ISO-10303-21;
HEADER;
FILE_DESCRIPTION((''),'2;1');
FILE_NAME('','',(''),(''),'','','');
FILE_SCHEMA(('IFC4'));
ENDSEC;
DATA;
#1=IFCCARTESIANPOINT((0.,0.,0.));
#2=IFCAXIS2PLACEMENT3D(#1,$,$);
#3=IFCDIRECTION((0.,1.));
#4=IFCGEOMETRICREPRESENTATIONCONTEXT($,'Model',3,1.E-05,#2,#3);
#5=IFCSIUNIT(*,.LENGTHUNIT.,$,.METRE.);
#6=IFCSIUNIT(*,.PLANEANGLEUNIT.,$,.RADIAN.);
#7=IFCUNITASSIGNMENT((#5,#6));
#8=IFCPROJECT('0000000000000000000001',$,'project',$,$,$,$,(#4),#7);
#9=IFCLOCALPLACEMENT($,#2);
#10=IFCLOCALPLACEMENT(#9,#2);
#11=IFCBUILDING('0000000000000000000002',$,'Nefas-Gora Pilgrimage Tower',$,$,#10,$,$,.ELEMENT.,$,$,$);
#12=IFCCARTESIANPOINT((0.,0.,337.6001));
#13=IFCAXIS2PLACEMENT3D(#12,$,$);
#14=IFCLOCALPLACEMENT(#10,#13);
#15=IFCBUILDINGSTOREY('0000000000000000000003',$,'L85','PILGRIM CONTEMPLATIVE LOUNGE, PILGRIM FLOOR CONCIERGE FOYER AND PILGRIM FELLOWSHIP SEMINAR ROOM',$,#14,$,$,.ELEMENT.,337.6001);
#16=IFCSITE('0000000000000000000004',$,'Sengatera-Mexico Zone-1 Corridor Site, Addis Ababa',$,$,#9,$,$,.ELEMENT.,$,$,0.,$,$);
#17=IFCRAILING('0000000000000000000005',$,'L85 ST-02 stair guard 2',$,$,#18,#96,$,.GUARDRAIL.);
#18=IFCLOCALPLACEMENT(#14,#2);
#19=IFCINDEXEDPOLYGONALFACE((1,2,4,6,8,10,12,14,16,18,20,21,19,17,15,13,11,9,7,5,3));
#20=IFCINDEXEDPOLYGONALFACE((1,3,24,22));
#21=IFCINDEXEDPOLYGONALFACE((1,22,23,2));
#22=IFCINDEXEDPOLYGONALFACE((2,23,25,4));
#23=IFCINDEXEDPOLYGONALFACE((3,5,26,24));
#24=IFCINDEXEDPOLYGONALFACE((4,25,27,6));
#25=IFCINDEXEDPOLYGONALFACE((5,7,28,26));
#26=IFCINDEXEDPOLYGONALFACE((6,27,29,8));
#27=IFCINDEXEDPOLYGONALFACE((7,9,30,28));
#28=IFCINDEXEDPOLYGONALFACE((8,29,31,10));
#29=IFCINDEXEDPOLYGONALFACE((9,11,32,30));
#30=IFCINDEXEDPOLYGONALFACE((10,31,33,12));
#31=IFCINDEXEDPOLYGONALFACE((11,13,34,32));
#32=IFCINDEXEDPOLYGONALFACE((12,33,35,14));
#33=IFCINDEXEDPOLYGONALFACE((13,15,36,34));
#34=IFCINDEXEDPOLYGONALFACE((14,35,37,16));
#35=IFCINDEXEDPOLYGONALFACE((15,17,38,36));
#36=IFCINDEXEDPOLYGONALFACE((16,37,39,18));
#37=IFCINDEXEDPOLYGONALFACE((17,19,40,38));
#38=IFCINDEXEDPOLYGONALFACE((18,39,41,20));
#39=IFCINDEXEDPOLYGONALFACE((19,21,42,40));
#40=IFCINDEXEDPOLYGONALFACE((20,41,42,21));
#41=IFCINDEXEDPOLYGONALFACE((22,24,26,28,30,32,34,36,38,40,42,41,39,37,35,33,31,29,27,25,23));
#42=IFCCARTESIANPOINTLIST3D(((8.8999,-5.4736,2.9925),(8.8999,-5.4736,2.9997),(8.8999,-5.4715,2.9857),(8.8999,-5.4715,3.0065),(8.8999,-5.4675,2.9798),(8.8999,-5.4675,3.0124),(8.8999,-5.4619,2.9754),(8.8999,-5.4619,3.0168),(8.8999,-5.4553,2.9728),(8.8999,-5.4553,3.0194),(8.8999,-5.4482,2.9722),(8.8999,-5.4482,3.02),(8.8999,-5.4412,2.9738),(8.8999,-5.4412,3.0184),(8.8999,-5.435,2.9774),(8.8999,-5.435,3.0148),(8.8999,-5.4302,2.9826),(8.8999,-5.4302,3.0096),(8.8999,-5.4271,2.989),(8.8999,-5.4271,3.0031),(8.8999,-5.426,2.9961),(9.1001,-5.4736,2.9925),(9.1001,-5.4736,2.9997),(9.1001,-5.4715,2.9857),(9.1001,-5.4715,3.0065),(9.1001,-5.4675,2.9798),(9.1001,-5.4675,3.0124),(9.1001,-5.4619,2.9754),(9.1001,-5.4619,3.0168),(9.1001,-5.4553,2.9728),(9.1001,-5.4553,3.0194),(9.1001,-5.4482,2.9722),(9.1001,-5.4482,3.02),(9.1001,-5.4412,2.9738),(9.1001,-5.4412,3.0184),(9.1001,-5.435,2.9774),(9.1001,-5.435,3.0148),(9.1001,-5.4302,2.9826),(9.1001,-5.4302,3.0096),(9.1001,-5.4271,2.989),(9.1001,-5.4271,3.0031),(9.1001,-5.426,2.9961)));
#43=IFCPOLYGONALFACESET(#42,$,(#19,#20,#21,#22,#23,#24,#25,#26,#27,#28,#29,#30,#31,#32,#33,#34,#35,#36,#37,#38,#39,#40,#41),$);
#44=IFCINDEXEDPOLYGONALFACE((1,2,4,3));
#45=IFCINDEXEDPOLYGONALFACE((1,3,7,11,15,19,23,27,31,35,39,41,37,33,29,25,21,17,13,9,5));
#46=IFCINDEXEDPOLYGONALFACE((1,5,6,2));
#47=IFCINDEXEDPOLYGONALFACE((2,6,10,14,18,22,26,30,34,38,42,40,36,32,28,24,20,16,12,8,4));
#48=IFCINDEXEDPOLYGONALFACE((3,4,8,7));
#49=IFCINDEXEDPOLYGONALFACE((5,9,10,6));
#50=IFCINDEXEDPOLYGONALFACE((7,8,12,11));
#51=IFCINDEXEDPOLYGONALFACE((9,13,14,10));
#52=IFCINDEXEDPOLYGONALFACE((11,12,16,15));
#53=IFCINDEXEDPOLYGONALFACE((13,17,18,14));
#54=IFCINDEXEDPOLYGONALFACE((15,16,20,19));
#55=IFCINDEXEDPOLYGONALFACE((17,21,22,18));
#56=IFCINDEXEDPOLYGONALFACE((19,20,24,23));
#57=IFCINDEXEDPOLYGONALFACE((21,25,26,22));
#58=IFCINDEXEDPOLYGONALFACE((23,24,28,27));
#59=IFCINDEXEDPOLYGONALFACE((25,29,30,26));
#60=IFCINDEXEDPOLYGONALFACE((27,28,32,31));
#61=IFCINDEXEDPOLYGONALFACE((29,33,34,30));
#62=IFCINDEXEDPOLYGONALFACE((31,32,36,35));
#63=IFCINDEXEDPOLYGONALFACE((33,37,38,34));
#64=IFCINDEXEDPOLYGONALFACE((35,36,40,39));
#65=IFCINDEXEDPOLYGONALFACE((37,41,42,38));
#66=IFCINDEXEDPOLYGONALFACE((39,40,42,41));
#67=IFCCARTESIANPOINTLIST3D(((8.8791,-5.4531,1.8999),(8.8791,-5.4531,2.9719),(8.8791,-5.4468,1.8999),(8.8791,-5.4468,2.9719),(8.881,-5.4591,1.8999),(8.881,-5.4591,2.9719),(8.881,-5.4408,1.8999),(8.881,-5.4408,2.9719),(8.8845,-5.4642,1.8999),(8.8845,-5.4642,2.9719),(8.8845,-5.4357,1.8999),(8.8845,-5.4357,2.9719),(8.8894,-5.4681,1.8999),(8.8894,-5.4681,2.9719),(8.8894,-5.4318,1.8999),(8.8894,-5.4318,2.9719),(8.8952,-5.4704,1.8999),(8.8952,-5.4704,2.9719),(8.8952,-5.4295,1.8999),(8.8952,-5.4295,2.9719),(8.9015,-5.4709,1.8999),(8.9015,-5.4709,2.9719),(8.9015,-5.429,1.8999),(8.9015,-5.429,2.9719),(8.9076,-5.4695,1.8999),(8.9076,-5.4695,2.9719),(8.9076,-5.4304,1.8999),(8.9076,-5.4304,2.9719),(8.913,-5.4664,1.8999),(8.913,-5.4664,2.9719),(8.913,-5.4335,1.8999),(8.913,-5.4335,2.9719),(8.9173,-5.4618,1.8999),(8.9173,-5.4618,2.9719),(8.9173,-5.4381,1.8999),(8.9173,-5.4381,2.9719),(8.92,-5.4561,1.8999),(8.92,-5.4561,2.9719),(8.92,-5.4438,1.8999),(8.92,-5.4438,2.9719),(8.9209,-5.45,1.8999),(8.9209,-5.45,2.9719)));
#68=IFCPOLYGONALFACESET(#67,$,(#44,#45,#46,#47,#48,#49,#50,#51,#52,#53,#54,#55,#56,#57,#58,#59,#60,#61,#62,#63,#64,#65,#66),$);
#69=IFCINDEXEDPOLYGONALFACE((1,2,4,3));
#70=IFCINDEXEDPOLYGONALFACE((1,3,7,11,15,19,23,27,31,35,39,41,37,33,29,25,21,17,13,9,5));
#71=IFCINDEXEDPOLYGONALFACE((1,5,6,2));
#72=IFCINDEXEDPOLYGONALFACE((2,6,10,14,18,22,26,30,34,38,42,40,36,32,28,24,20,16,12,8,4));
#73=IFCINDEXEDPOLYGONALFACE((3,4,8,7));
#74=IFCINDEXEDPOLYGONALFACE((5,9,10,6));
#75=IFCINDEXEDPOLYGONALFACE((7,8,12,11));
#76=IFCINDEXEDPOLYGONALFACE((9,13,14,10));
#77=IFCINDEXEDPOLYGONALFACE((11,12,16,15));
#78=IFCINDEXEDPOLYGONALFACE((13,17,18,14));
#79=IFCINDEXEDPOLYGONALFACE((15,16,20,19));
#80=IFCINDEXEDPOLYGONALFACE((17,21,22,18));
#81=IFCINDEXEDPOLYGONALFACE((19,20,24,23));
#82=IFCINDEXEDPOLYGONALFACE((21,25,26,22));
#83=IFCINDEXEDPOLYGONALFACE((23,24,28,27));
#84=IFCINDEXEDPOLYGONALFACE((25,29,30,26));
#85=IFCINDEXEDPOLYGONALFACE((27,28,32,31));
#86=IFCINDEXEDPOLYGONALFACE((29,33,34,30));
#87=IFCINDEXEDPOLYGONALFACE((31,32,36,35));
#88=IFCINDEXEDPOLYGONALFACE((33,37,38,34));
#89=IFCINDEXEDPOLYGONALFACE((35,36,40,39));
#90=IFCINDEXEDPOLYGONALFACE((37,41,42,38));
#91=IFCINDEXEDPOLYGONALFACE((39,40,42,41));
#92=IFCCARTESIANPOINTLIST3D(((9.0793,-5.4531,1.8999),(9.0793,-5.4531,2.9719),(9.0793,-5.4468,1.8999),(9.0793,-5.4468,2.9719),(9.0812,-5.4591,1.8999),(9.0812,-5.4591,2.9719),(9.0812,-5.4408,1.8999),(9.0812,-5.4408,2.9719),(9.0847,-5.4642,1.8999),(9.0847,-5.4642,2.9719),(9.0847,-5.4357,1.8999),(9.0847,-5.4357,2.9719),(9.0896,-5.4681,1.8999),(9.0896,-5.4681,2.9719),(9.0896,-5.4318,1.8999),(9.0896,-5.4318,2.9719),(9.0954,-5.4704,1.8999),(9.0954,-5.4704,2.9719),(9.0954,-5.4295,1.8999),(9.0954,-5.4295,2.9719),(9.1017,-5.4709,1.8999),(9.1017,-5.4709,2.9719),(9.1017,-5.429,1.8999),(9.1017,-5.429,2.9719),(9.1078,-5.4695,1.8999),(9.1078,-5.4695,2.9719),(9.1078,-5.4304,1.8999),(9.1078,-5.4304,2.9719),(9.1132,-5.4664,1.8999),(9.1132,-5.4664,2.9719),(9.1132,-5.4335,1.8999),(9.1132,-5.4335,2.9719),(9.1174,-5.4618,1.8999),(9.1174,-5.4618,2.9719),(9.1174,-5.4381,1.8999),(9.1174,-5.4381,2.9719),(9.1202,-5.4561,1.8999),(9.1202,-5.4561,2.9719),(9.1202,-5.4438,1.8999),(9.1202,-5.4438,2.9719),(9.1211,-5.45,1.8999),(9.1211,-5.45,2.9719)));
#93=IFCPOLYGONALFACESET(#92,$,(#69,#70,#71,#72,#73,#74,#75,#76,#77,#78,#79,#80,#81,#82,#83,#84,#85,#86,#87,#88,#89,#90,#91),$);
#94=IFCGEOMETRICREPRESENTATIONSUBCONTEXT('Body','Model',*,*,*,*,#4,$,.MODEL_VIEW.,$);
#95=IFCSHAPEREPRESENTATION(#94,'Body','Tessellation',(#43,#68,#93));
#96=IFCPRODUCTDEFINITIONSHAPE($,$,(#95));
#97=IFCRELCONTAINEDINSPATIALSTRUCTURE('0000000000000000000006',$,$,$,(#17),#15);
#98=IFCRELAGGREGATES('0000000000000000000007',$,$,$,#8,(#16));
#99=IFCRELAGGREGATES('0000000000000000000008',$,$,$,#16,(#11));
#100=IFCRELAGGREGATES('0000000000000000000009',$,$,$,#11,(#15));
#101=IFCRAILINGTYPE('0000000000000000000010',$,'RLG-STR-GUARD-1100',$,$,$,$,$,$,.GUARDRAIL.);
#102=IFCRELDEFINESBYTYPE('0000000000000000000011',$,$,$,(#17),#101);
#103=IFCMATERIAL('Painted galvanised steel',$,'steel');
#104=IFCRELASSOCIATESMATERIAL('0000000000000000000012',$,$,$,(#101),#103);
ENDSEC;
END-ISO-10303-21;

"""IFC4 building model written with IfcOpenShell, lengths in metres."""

from ifc_helpers import new_model, si_unit, direction, frame, origin, origin_2d, place, context, subcontext, project, spatial, circle, extrude, material, type_object, element, save


model = new_model("IFC4")

# Units and contexts
model_context = context("Model", 3, precision=1e-05, world=origin(), true_north=direction((0.0, 1.0)))
body_context = subcontext(model_context, "Body", "Model", "MODEL_VIEW")
ifc_project = project(units=[si_unit("LENGTHUNIT", "METRE"), si_unit("PLANEANGLEUNIT", "RADIAN")], contexts=[model_context])

# Site, building, storey
site_placement = place(None, origin())
site = spatial("IfcSite", under=ifc_project, at=site_placement, Name="Sengatera-Mexico Zone-1 Corridor Site, Addis Ababa", CompositionType="ELEMENT", RefElevation=0.0)
building_placement = place(site_placement, origin())
building = spatial("IfcBuilding", under=site, at=building_placement, Name="Nefas-Gora Pilgrimage Tower", CompositionType="ELEMENT")
storey_placement = place(building_placement, frame((0.0, 0.0, 337.6001)))
storey = spatial("IfcBuildingStorey", under=building, at=storey_placement, Name="L85", Description="PILGRIM CONTEMPLATIVE LOUNGE, PILGRIM FLOOR CONCIERGE FOYER AND PILGRIM FELLOWSHIP SEMINAR ROOM", CompositionType="ELEMENT", Elevation=337.6001)

# Railing
ifc_material_1 = material(Name="Painted galvanised steel", Category="steel")
railing_type_1 = type_object("IfcRailingType", Name="RLG-STR-GUARD-1100", PredefinedType="GUARDRAIL", material=ifc_material_1)
railing_1_placement = place(storey_placement, frame((8.8999, -5.45, 1.8999)))
element("IfcRailing", 1, at=railing_1_placement, inside=storey, type_object=railing_type_1, Name="L85 ST-02 stair guard 2", PredefinedType="GUARDRAIL", context=body_context, shape_type="SweptSolid", body=[
    extrude(circle(Radius=0.0239, at=origin_2d()), frame((0.0, 0.0, 1.0962), z_axis=(1.0, 0.0, 0.0), x_axis=(0.0, 1.0, 0.0)), (0.0, 0.0, 1.0), 0.2002),
    extrude(circle(Radius=0.021, at=origin_2d()), origin(), (0.0, 0.0, 1.0), 1.072),
    extrude(circle(Radius=0.021, at=origin_2d()), frame((0.2002, 0.0, 0.0)), (0.0, 0.0, 1.0), 1.072),
])

save(model, "model.ifc")
